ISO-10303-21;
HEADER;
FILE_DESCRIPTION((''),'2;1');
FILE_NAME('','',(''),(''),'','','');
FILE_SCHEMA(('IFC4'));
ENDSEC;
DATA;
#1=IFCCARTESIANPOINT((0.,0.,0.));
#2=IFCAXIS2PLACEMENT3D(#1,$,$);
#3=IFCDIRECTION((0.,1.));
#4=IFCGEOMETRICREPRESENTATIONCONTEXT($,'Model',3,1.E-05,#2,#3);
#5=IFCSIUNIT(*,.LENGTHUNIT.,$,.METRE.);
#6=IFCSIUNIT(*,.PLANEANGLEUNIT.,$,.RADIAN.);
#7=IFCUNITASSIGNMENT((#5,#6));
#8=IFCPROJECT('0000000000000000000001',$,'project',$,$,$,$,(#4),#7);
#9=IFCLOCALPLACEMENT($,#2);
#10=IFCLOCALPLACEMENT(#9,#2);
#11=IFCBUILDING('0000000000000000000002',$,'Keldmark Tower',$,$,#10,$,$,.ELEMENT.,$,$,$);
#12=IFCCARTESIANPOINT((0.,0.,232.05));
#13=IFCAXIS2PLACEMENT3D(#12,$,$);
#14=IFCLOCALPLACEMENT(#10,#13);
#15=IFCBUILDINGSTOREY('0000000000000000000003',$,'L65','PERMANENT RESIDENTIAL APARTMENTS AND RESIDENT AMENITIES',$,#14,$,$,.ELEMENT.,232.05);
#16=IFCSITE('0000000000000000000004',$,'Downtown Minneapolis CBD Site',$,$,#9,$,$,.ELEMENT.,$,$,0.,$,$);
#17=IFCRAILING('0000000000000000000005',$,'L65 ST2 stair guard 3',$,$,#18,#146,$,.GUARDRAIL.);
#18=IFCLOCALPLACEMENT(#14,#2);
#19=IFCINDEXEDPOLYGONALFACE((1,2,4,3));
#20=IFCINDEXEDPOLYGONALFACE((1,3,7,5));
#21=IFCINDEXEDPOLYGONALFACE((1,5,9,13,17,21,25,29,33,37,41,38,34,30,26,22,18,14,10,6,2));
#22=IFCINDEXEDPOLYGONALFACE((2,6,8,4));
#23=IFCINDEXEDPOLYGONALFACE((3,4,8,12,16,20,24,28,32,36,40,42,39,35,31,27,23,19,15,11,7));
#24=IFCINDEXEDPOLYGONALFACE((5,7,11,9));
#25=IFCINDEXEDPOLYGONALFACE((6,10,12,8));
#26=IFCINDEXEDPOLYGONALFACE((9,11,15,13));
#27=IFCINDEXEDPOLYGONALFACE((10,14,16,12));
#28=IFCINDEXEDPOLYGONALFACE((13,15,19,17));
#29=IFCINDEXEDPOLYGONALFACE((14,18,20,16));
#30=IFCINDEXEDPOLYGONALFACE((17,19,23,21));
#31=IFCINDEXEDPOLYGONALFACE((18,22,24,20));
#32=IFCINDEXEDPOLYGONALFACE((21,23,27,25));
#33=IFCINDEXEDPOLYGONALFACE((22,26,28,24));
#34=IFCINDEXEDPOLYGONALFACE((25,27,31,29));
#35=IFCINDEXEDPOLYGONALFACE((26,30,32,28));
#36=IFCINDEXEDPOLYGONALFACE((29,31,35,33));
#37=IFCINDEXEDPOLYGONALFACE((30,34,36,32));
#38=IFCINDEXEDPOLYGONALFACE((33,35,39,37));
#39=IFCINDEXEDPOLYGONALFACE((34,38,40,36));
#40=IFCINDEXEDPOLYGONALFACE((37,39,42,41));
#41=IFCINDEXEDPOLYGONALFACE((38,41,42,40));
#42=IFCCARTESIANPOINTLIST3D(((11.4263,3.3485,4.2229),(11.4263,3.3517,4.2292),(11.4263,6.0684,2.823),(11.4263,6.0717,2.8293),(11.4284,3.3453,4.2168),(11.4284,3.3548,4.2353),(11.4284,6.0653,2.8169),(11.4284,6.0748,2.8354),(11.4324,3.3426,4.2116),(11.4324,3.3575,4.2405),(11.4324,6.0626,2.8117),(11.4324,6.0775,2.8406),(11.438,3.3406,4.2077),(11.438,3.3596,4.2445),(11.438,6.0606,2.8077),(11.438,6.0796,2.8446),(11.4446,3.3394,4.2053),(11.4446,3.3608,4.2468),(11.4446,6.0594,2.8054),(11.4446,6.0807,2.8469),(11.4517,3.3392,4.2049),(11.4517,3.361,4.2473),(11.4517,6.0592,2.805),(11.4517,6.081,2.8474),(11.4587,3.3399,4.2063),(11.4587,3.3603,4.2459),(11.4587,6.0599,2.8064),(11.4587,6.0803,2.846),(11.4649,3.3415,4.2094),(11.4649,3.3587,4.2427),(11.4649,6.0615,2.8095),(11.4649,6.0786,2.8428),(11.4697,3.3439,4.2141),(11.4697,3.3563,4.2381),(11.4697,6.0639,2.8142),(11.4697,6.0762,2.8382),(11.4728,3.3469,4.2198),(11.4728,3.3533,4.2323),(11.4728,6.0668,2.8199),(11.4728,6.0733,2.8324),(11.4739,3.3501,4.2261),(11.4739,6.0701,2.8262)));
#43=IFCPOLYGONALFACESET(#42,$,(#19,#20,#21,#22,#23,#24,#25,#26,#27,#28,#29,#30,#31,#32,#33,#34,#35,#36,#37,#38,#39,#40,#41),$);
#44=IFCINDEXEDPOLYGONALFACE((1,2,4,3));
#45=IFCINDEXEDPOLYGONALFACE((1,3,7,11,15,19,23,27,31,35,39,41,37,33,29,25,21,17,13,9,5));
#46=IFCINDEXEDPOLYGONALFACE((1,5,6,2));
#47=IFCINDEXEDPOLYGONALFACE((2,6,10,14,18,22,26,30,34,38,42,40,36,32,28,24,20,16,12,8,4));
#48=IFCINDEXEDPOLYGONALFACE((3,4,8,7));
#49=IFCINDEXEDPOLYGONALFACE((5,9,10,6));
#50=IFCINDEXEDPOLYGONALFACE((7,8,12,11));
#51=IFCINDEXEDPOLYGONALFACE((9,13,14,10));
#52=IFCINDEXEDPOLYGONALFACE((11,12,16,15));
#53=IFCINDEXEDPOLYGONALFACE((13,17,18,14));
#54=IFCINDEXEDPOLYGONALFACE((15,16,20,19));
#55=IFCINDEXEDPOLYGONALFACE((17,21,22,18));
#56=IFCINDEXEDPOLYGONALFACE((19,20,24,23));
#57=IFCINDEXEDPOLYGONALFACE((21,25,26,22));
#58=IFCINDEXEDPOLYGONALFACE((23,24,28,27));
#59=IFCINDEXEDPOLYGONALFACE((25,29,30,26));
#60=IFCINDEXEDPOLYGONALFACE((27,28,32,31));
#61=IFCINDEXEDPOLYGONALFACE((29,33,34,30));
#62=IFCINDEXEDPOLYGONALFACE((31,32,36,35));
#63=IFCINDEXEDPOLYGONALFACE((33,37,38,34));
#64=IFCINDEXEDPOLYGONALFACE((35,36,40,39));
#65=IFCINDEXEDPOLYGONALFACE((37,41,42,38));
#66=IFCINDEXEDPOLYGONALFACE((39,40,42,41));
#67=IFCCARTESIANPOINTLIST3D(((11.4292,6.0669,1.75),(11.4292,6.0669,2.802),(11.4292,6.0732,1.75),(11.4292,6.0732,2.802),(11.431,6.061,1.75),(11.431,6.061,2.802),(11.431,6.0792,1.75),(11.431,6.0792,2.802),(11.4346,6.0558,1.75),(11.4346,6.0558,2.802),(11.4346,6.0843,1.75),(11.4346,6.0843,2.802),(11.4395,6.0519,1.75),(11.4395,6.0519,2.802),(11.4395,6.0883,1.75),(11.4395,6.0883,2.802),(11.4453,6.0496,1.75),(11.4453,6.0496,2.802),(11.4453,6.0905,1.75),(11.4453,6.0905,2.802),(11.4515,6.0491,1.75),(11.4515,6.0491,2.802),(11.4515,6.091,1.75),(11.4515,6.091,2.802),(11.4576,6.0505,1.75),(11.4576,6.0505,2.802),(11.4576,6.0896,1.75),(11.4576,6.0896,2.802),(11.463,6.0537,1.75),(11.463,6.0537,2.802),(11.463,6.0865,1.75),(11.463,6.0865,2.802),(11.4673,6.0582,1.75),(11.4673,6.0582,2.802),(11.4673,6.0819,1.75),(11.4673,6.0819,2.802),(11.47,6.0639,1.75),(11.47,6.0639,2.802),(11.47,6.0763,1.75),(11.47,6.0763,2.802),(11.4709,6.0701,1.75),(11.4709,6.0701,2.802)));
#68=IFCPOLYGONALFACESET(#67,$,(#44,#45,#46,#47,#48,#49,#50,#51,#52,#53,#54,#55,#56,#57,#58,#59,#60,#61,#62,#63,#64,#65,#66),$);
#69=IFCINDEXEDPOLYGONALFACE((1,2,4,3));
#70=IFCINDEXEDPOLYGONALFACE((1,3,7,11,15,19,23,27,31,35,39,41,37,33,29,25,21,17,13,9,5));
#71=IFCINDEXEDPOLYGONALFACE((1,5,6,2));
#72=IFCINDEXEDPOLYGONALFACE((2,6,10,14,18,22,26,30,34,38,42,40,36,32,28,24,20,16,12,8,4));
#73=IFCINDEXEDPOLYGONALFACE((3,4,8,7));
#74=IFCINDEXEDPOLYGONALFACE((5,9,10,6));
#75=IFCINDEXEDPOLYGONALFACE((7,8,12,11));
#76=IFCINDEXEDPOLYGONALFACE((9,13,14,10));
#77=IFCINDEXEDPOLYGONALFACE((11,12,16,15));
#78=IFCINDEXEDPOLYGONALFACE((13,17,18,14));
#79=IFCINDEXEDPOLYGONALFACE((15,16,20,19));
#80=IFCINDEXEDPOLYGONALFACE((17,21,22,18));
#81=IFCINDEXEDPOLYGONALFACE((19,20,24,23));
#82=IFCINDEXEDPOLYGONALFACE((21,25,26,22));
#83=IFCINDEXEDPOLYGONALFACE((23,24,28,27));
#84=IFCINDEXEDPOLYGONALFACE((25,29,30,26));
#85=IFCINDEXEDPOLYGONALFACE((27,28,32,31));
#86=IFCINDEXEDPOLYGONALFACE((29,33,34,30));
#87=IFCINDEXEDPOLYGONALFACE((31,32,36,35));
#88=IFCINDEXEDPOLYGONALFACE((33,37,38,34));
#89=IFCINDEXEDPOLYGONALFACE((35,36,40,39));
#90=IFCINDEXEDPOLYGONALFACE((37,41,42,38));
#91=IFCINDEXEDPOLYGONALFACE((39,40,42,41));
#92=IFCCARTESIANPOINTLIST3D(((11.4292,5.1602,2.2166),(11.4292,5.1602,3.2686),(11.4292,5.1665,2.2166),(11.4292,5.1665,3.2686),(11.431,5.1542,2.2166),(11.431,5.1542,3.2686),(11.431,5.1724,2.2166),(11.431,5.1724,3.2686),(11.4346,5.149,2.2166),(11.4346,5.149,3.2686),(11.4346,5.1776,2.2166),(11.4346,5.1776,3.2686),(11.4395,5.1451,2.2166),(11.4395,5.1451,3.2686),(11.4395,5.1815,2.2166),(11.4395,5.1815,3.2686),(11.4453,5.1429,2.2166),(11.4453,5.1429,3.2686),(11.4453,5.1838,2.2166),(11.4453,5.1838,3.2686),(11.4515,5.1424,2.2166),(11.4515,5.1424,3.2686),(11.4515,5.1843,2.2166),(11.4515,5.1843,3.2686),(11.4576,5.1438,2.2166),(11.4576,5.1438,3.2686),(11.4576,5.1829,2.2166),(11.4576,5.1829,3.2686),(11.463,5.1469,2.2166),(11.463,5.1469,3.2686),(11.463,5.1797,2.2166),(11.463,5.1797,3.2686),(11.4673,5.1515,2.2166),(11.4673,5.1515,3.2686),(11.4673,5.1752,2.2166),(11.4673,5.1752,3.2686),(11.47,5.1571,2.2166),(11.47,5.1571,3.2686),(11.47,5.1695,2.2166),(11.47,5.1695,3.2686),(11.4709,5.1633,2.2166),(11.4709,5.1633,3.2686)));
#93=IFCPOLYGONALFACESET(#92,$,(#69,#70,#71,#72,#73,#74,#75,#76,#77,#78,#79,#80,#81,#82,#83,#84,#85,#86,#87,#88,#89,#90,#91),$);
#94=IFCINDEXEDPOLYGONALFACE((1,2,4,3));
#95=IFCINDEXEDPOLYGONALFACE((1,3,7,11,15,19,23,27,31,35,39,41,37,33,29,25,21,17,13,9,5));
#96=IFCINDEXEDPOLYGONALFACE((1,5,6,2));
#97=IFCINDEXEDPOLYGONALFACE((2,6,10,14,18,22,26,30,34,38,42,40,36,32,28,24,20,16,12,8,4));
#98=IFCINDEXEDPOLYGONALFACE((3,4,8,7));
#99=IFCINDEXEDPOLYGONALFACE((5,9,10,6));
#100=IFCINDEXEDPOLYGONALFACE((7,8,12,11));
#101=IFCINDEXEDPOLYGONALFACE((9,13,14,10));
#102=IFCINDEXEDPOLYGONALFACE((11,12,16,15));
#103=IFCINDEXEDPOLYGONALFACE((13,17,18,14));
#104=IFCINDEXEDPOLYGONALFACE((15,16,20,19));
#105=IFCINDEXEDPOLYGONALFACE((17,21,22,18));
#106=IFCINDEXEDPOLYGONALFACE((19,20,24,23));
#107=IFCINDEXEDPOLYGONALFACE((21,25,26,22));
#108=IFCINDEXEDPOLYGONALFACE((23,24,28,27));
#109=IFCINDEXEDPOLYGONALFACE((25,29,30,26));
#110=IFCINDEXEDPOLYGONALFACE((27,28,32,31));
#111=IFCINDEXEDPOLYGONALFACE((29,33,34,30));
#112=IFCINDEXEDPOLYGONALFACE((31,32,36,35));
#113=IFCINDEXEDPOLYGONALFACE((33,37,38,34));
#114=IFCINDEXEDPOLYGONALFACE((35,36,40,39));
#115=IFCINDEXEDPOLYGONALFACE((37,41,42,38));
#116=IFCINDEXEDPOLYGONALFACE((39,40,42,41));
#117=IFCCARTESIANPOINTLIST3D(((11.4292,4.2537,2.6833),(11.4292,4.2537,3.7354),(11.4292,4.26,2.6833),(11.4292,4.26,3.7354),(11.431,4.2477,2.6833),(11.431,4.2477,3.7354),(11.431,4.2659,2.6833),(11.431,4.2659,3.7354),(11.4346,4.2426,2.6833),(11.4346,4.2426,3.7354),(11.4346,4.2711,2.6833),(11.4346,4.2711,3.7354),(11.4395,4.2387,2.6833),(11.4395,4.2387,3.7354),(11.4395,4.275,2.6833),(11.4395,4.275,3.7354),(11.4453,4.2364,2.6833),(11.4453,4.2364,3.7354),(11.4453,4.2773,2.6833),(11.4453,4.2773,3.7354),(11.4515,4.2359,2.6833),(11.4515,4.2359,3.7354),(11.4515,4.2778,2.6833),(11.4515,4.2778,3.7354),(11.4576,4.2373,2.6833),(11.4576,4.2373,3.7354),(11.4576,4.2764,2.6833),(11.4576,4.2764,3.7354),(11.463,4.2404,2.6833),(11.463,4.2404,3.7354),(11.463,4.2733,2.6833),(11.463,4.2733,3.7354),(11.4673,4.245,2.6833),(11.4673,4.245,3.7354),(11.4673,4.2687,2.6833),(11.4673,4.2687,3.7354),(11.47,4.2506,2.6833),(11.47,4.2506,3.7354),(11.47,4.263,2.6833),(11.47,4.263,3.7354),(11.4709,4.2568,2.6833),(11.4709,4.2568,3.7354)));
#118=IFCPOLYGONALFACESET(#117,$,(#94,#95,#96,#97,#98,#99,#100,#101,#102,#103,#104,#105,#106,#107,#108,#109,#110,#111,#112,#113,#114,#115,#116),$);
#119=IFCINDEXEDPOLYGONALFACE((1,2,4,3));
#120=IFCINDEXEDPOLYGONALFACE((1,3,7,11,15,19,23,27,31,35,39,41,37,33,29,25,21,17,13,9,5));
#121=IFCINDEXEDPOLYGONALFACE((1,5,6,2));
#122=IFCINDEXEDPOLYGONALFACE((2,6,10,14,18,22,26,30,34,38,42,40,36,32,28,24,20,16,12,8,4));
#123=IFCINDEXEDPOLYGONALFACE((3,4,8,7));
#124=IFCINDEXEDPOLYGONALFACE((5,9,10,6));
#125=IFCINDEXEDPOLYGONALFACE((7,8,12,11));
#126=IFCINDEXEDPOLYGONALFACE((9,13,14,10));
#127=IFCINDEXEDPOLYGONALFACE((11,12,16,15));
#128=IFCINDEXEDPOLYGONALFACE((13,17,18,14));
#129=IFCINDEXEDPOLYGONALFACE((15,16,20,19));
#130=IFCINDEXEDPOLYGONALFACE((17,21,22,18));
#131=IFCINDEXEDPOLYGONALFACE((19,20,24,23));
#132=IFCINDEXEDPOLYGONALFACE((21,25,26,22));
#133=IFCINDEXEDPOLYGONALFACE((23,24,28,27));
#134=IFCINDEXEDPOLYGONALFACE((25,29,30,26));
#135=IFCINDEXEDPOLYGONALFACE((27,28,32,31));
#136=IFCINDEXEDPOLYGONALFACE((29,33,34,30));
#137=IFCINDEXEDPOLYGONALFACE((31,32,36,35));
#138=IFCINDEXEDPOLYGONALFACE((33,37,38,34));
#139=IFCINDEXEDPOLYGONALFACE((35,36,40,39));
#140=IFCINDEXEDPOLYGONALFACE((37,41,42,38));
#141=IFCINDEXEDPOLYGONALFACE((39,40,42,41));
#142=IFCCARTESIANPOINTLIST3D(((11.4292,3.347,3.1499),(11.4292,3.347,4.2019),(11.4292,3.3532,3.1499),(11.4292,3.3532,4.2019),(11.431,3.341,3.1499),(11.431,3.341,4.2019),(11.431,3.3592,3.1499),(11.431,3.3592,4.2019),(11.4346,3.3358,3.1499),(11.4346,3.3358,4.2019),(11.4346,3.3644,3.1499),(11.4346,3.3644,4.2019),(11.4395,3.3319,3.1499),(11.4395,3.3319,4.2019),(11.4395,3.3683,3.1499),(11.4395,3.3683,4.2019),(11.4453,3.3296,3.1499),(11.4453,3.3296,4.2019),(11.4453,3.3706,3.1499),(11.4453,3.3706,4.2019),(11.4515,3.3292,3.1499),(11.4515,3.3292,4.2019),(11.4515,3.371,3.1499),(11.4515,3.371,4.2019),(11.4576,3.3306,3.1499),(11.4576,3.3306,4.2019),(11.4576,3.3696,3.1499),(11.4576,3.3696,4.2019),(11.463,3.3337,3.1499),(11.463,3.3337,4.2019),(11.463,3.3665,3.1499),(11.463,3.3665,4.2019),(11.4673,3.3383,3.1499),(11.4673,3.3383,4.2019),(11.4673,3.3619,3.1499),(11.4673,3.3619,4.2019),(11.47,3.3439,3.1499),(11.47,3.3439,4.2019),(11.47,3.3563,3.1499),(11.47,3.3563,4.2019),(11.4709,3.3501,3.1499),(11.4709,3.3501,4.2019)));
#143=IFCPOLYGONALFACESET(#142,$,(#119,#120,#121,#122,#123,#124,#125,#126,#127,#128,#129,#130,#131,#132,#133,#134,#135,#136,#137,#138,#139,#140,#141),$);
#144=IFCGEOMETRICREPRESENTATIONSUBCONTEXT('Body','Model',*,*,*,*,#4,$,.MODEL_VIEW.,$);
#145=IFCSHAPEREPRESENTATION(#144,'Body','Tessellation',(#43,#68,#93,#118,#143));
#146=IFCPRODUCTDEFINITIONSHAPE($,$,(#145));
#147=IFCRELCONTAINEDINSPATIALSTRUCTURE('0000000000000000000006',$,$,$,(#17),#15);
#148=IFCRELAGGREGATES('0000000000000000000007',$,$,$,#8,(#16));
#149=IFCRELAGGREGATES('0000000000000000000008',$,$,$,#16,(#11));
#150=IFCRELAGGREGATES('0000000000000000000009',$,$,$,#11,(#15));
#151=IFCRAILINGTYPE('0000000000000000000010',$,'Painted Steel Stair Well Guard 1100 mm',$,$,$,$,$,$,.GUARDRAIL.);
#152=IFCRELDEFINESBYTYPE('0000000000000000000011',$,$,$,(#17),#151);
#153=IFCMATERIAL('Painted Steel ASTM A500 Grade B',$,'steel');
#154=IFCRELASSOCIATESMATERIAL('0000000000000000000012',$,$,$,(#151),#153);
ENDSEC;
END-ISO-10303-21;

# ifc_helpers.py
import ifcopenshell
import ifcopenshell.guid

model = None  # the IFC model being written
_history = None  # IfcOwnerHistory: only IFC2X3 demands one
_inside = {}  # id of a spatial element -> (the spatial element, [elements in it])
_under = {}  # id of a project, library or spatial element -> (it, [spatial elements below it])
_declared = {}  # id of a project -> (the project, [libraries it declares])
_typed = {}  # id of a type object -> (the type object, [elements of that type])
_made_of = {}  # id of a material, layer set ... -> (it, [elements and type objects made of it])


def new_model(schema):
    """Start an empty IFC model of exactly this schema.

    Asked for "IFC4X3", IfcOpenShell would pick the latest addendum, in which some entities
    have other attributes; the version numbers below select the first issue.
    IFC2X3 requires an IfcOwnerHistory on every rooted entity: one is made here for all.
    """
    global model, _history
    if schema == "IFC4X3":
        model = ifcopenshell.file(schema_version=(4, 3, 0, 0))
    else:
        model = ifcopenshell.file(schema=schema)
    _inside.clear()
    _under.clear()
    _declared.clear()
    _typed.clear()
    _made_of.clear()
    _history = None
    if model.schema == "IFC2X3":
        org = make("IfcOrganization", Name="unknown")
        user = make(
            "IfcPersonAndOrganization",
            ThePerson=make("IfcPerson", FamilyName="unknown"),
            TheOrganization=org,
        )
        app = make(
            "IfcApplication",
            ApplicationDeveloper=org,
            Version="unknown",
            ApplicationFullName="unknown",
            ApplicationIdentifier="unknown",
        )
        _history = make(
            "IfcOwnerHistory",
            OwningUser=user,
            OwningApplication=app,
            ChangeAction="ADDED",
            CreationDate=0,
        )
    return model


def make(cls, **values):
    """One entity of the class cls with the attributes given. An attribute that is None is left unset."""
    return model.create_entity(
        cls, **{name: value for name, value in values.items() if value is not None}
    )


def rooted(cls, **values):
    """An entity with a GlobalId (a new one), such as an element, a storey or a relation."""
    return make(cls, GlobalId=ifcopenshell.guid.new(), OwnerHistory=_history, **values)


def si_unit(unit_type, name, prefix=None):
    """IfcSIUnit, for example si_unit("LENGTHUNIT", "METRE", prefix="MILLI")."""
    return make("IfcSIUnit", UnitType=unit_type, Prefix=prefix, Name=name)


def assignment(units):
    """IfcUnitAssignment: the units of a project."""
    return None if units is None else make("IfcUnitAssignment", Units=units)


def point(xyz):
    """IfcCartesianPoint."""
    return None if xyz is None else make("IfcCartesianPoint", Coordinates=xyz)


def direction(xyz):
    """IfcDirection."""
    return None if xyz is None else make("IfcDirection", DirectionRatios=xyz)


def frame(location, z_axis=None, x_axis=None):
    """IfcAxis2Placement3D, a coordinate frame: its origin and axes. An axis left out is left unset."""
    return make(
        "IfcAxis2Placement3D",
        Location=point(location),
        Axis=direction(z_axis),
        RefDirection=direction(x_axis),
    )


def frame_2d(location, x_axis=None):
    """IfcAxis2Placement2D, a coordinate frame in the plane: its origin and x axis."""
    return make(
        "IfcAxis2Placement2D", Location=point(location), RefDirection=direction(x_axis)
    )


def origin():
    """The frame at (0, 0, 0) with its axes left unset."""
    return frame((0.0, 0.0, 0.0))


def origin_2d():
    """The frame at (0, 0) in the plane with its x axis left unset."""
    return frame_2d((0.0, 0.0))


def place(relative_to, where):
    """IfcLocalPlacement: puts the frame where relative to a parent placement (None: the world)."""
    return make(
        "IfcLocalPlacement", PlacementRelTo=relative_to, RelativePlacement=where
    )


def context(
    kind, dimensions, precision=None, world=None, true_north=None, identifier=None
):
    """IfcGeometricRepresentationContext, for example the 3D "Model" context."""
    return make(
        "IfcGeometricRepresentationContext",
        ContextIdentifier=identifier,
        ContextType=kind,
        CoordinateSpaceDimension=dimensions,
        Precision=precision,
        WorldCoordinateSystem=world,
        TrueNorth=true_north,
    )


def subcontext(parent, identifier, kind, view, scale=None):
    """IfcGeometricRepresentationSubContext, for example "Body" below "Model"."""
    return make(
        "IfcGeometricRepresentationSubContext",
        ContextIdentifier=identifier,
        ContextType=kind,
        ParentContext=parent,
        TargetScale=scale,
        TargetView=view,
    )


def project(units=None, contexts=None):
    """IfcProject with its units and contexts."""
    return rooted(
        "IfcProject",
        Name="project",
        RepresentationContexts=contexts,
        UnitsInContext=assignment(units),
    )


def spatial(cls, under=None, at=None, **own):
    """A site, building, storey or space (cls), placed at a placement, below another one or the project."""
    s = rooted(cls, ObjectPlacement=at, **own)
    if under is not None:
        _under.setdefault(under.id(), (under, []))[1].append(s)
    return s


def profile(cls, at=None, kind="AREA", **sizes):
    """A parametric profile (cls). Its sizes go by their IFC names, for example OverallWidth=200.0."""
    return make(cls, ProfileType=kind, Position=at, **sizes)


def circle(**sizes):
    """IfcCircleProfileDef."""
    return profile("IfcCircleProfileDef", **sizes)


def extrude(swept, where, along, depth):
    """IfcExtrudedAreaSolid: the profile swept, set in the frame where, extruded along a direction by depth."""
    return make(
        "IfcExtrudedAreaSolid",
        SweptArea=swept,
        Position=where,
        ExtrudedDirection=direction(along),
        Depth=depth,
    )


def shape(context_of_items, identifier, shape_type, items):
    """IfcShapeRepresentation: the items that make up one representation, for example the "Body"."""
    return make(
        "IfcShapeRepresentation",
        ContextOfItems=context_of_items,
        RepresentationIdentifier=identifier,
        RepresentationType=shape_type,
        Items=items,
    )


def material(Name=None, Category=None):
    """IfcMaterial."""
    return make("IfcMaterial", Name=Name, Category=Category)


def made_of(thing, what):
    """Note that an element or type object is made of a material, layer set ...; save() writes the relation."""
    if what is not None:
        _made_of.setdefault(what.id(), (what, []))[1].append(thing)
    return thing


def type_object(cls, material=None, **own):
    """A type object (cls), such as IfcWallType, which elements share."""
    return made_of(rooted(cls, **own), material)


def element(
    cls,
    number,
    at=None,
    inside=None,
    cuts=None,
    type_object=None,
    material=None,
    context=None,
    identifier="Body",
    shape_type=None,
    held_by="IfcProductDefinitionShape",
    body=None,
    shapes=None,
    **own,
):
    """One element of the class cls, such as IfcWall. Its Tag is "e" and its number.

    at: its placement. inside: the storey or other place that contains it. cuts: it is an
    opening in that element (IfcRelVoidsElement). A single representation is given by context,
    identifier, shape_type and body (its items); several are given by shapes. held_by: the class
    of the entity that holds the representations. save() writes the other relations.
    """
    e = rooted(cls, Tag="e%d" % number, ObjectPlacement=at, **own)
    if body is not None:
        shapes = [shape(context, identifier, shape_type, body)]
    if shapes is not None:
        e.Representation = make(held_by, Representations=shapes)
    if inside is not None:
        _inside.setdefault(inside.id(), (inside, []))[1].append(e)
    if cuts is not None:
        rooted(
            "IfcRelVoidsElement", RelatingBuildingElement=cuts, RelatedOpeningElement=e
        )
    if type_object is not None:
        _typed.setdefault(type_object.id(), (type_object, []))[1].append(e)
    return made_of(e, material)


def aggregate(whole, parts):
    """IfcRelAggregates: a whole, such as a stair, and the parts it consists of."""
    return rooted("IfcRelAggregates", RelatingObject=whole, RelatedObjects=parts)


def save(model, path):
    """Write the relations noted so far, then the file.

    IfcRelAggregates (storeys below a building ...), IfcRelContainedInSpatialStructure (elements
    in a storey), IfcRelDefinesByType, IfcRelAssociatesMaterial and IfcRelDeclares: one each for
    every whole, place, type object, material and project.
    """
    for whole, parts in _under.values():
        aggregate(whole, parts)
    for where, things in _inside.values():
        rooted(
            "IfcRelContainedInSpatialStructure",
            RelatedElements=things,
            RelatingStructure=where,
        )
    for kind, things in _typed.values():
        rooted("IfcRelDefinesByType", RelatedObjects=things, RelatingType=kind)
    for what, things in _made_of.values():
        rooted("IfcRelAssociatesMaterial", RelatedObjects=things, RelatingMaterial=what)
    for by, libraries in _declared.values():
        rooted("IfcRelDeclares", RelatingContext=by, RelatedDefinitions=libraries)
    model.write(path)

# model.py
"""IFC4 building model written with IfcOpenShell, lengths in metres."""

from ifc_helpers import new_model, si_unit, direction, frame, origin, origin_2d, place, context, subcontext, project, spatial, circle, extrude, material, type_object, element, save


model = new_model("IFC4")

# Units and contexts
model_context = context("Model", 3, precision=1e-05, world=origin(), true_north=direction((0.0, 1.0)))
body_context = subcontext(model_context, "Body", "Model", "MODEL_VIEW")
ifc_project = project(units=[si_unit("LENGTHUNIT", "METRE"), si_unit("PLANEANGLEUNIT", "RADIAN")], contexts=[model_context])

# Site, building, storey
site_placement = place(None, origin())
site = spatial("IfcSite", under=ifc_project, at=site_placement, Name="Downtown Minneapolis CBD Site", CompositionType="ELEMENT", RefElevation=0.0)
building_placement = place(site_placement, origin())
building = spatial("IfcBuilding", under=site, at=building_placement, Name="Keldmark Tower", CompositionType="ELEMENT")
storey_placement = place(building_placement, frame((0.0, 0.0, 232.05)))
storey = spatial("IfcBuildingStorey", under=building, at=storey_placement, Name="L65", Description="PERMANENT RESIDENTIAL APARTMENTS AND RESIDENT AMENITIES", CompositionType="ELEMENT", Elevation=232.05)

# Railing
ifc_material_1 = material(Name="Painted Steel ASTM A500 Grade B", Category="steel")
railing_type_1 = type_object("IfcRailingType", Name="Painted Steel Stair Well Guard 1100 mm", PredefinedType="GUARDRAIL", material=ifc_material_1)
railing_1_placement = place(storey_placement, frame((11.45, 6.0701, 1.75)))
element("IfcRailing", 1, at=railing_1_placement, inside=storey, type_object=railing_type_1, Name="L65 ST2 stair guard 3", PredefinedType="GUARDRAIL", context=body_context, shape_type="SweptSolid", body=[
    extrude(circle(Radius=0.0239, at=origin_2d()), frame((0.0, 0.0, 1.0762), z_axis=(0.0, -0.889147, 0.457622), x_axis=(1.0, 0.0, 0.0)), (0.0, 0.0, 1.0), 3.0591),
    extrude(circle(Radius=0.021, at=origin_2d()), origin(), (0.0, 0.0, 1.0), 1.052),
    extrude(circle(Radius=0.021, at=origin_2d()), frame((0.0, -0.9067, 0.4666)), (0.0, 0.0, 1.0), 1.052),
    extrude(circle(Radius=0.021, at=origin_2d()), frame((0.0, -1.8132, 0.9333)), (0.0, 0.0, 1.0), 1.052),
    extrude(circle(Radius=0.021, at=origin_2d()), frame((0.0, -2.72, 1.3999)), (0.0, 0.0, 1.0), 1.052),
])

save(model, "model.ifc")
